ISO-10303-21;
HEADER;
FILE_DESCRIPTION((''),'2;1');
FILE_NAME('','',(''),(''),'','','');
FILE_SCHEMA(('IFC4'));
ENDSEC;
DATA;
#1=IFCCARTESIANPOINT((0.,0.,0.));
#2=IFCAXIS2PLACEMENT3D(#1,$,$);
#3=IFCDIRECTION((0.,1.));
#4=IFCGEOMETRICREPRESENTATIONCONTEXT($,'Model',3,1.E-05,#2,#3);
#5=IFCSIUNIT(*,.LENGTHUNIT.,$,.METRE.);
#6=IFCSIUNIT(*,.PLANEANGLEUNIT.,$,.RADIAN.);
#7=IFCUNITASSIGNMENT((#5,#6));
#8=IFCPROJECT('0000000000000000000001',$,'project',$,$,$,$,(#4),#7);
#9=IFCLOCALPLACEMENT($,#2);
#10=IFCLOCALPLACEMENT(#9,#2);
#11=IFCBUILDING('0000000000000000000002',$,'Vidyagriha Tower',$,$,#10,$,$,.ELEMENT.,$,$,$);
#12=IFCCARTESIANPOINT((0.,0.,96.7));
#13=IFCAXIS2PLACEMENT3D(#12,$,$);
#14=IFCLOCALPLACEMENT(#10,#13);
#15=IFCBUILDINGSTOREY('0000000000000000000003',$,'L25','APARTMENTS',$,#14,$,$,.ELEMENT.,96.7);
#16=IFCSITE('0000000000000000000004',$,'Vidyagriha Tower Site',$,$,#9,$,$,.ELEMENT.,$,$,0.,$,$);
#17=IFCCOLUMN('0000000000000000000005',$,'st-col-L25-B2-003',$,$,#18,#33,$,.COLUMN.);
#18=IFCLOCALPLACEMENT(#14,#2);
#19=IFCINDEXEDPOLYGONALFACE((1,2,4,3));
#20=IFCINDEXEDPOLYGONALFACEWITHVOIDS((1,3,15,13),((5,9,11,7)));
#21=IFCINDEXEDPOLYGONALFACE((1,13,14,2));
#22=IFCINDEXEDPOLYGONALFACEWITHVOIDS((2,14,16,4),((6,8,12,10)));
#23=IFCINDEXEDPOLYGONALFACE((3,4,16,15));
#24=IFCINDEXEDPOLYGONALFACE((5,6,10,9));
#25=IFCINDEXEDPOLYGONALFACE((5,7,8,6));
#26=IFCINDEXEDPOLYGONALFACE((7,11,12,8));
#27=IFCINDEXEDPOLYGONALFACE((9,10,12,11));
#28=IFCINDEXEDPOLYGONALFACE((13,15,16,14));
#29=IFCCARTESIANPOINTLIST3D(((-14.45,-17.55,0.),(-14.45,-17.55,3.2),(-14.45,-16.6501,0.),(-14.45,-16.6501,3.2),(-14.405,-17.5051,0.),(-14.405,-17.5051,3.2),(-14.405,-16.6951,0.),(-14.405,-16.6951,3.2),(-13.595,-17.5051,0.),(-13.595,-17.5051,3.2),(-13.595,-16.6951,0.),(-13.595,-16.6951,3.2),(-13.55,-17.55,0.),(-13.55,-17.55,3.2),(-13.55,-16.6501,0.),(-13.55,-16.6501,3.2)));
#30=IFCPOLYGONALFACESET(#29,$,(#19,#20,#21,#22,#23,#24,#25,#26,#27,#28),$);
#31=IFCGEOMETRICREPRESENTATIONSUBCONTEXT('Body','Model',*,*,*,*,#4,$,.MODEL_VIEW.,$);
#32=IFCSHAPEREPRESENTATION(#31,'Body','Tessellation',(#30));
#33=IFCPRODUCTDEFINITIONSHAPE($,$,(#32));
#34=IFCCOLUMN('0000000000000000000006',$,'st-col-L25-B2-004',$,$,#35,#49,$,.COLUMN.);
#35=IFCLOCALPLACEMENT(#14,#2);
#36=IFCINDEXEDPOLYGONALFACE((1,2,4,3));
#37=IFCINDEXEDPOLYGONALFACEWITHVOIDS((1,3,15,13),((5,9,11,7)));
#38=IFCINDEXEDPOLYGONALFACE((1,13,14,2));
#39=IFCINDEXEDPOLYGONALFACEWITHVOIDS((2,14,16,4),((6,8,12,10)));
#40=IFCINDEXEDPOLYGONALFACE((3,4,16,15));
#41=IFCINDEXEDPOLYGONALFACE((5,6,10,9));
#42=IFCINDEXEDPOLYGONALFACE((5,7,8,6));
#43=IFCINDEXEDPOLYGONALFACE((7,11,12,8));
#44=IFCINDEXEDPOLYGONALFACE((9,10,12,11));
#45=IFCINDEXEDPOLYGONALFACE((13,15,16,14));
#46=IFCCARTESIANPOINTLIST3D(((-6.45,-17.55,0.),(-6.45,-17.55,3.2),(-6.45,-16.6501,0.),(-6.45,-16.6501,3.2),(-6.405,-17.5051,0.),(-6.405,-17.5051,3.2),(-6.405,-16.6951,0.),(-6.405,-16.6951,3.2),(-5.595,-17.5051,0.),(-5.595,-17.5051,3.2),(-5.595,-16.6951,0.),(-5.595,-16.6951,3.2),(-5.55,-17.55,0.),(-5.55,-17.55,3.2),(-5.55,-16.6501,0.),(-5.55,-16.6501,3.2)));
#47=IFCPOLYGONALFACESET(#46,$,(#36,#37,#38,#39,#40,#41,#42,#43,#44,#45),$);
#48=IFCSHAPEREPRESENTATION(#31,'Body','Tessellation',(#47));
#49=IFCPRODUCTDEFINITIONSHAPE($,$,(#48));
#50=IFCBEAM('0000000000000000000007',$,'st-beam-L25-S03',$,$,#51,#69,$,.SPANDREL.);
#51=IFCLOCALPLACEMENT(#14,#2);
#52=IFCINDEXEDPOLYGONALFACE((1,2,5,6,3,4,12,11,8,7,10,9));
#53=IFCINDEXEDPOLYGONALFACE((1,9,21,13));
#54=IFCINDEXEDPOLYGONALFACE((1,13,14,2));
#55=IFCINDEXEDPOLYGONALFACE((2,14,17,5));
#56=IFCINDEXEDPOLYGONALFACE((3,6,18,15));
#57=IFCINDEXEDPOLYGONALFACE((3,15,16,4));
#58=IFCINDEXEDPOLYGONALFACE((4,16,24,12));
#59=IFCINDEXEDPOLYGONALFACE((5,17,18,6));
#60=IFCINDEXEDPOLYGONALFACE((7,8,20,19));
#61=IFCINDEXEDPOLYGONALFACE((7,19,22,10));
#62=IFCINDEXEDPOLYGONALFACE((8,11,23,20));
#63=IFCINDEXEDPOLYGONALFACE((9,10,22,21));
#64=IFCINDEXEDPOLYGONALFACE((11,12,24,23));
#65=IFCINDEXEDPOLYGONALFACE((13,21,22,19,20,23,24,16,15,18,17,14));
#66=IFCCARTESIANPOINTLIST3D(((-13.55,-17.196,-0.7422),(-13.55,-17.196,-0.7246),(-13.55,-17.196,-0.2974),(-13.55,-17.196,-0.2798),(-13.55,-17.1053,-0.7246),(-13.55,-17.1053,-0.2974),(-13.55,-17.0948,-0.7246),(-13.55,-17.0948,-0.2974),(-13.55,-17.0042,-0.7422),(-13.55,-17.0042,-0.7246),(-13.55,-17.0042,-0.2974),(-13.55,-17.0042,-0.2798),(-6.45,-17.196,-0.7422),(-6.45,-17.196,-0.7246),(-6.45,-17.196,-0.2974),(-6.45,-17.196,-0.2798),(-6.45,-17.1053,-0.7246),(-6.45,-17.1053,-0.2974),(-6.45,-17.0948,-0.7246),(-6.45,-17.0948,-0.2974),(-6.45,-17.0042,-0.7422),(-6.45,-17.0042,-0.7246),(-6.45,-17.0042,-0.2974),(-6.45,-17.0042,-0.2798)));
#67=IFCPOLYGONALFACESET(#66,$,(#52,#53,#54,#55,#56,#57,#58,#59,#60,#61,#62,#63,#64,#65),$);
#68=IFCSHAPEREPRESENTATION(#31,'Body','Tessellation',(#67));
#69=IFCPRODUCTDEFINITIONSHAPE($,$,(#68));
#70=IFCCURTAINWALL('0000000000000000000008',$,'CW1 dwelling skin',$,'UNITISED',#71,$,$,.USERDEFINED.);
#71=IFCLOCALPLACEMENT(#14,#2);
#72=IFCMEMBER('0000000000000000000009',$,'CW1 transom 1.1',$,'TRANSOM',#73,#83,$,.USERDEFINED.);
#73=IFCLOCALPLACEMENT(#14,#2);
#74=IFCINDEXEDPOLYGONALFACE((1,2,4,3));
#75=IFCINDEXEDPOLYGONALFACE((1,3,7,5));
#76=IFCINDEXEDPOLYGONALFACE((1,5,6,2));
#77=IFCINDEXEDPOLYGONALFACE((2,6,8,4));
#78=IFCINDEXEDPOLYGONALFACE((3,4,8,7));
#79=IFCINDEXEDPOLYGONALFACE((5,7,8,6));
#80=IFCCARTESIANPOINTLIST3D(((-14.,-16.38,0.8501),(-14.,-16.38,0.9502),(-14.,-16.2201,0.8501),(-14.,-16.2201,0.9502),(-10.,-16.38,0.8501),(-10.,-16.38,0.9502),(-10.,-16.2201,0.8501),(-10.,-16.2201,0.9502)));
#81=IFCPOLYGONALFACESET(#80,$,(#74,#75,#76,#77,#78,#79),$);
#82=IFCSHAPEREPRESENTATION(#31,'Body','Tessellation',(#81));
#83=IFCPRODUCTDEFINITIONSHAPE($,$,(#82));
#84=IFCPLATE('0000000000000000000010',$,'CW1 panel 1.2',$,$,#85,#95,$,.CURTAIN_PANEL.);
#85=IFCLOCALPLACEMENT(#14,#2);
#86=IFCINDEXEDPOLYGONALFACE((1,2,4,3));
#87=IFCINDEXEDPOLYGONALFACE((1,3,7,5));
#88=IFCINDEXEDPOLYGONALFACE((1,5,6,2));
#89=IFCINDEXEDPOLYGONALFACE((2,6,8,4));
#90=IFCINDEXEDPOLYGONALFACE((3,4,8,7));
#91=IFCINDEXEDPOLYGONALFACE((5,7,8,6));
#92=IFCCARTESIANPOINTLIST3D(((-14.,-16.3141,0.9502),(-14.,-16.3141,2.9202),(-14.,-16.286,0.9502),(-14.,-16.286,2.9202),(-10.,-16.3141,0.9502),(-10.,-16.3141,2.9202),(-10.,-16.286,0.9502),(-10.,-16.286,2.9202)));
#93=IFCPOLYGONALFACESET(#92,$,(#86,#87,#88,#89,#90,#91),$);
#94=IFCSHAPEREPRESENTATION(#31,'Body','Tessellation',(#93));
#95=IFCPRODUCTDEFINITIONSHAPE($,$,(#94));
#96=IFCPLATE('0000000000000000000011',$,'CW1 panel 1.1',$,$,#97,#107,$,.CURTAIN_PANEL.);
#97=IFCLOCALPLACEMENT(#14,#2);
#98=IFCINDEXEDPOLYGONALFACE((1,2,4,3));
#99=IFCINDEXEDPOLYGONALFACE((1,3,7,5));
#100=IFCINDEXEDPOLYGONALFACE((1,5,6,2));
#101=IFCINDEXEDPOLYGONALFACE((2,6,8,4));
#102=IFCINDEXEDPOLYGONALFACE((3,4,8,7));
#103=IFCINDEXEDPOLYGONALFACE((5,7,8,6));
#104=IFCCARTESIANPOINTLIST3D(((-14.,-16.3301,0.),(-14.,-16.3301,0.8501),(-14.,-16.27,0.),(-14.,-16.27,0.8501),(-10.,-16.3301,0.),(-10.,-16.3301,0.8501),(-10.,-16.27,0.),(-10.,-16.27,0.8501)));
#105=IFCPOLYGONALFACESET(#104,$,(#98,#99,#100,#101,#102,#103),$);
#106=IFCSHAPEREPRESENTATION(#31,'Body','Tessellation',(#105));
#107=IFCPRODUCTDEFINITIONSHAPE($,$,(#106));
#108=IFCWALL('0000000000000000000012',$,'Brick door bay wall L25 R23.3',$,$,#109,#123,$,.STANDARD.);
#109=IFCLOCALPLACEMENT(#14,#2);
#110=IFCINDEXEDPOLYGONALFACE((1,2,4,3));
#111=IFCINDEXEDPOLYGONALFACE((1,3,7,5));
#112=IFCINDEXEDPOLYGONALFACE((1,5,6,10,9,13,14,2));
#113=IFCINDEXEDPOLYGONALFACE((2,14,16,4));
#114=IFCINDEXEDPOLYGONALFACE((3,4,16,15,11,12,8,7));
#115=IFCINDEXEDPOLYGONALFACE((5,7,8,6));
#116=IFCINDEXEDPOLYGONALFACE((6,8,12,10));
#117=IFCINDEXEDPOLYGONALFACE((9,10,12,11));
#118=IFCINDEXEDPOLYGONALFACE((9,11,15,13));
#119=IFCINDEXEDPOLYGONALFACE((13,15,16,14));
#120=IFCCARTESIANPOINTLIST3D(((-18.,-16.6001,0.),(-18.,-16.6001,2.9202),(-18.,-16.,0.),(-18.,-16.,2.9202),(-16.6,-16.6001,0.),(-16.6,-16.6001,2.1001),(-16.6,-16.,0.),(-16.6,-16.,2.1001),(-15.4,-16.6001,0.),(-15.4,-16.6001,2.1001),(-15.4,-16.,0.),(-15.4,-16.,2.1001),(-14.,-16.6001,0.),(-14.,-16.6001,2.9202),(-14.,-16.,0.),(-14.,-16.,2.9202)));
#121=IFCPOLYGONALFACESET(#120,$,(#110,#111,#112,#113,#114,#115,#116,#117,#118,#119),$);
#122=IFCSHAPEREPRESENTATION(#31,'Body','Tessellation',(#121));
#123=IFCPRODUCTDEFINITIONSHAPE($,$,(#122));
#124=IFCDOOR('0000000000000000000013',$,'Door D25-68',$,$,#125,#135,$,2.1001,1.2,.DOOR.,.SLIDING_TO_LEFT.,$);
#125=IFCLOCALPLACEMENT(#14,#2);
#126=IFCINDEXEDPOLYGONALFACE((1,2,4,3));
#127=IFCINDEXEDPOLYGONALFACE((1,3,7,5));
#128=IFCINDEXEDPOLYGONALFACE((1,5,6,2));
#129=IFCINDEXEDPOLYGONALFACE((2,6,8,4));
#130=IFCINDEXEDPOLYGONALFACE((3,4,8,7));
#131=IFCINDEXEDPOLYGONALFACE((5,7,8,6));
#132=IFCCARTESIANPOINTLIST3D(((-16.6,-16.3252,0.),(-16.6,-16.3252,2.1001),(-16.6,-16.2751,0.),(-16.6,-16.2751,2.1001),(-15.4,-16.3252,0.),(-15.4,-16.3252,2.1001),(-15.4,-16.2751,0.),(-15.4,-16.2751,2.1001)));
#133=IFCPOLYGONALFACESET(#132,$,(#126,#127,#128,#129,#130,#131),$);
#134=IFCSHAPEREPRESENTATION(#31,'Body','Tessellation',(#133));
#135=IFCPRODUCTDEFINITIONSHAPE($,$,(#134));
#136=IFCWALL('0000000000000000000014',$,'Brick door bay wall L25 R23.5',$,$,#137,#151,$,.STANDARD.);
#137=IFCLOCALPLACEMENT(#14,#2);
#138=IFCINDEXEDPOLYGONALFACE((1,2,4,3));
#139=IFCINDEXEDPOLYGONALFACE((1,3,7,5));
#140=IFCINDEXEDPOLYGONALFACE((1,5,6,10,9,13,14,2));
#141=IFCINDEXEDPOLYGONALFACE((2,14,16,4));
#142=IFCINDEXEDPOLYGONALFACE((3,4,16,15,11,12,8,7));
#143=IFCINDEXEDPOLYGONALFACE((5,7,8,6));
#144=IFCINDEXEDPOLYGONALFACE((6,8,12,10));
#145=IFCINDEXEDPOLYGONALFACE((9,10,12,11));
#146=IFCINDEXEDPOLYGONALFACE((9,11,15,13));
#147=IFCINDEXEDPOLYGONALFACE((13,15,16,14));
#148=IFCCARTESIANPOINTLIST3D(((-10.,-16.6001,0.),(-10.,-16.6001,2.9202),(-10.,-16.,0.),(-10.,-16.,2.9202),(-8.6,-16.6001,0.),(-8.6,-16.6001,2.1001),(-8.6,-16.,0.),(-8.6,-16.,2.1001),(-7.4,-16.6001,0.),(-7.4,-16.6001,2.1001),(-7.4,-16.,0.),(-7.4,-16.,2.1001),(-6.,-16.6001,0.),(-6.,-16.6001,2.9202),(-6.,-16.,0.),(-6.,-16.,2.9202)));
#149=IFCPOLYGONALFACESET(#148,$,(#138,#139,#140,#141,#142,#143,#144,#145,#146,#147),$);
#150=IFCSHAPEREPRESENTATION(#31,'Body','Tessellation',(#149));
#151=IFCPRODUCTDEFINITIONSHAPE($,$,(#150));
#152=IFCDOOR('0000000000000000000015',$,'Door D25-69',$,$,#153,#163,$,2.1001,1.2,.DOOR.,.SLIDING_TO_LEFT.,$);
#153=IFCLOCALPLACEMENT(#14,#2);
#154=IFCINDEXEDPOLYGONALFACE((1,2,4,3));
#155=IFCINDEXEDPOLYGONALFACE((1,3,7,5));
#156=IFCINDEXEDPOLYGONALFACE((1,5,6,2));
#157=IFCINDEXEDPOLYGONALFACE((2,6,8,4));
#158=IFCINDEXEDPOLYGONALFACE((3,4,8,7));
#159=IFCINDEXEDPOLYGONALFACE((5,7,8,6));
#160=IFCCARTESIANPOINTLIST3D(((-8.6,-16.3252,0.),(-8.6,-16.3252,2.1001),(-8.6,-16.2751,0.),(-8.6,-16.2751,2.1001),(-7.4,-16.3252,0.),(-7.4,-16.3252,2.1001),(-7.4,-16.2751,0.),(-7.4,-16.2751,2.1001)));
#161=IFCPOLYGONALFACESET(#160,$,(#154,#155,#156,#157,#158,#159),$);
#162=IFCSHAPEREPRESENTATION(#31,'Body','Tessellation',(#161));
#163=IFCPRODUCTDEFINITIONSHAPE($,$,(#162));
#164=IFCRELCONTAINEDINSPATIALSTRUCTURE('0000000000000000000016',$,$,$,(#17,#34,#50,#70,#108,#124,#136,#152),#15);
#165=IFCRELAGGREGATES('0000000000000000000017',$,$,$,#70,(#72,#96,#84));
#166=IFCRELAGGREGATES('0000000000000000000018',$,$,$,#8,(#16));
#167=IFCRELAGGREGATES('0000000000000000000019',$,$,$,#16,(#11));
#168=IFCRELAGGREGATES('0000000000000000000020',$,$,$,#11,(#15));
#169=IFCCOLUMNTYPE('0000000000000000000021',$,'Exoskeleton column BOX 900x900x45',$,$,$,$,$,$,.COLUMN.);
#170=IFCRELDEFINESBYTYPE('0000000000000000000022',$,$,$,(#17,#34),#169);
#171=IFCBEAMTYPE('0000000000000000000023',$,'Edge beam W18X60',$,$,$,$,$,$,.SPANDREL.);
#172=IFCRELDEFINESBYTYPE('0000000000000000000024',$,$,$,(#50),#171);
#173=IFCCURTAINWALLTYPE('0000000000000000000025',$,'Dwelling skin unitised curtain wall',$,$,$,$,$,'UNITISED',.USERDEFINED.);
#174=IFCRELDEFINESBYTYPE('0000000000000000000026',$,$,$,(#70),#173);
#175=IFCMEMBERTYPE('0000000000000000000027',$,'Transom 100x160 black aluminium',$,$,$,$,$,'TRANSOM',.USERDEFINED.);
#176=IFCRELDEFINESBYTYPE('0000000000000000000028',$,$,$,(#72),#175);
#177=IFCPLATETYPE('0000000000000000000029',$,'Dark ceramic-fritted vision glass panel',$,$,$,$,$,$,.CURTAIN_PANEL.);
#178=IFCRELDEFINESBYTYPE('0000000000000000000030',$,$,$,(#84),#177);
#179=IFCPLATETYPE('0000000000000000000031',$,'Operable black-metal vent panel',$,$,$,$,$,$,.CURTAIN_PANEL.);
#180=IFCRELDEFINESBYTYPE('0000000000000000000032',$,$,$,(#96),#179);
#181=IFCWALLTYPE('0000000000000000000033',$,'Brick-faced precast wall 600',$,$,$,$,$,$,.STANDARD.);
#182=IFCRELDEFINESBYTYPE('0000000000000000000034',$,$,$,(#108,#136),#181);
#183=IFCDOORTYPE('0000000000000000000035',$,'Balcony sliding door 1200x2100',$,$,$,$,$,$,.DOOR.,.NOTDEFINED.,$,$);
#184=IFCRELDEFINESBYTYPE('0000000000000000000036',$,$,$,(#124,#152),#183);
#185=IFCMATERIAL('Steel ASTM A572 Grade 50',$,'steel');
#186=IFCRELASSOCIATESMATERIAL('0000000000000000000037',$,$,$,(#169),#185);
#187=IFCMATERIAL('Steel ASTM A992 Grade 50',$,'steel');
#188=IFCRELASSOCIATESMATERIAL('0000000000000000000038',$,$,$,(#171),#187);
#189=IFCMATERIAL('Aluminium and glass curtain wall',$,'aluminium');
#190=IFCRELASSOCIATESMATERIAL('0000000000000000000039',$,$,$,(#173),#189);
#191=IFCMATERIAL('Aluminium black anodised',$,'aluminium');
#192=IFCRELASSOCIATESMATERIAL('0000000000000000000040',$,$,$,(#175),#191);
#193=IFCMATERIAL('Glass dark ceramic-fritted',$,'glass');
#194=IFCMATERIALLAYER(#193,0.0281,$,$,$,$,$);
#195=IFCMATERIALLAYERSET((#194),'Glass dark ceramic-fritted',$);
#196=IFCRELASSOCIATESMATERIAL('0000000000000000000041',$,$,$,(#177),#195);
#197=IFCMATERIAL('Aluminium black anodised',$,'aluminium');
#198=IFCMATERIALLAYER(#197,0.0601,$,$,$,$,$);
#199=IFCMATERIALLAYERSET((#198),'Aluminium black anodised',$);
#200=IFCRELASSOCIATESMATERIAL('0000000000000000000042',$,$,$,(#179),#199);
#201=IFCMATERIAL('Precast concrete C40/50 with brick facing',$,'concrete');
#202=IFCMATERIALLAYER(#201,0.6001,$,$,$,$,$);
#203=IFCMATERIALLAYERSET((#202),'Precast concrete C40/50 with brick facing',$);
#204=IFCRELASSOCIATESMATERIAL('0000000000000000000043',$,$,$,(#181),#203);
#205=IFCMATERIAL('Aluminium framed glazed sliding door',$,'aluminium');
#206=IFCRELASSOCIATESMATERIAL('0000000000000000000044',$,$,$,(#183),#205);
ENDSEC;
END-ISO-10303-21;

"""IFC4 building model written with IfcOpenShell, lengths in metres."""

from ifc_helpers import new_model, si_unit, direction, frame, frame_2d, origin, origin_2d, place, context, subcontext, project, spatial, rectangle, hollow_rectangle, i_section, extrude, material, layer, layer_set, material_profile, profile_set, type_object, element, fill, aggregate, save


model = new_model("IFC4")

# Units and contexts
model_context = context("Model", 3, precision=1e-05, world=origin(), true_north=direction((0.0, 1.0)))
body_context = subcontext(model_context, "Body", "Model", "MODEL_VIEW")
ifc_project = project(units=[si_unit("LENGTHUNIT", "METRE"), si_unit("PLANEANGLEUNIT", "RADIAN")], contexts=[model_context])

# Site, building, storey
site_placement = place(None, origin())
site = spatial("IfcSite", under=ifc_project, at=site_placement, Name="Vidyagriha Tower Site", CompositionType="ELEMENT", RefElevation=0.0)
building_placement = place(site_placement, origin())
building = spatial("IfcBuilding", under=site, at=building_placement, Name="Vidyagriha Tower", CompositionType="ELEMENT")
storey_placement = place(building_placement, frame((0.0, 0.0, 96.7)))
storey = spatial("IfcBuildingStorey", under=building, at=storey_placement, Name="L25", Description="APARTMENTS", CompositionType="ELEMENT", Elevation=96.7)

# Columns
ifc_material_1 = material(Name="Steel ASTM A572 Grade 50", Category="steel")
ifc_material_profile_1 = material_profile(ifc_material_1, hollow_rectangle(XDim=0.8999, YDim=0.8999, WallThickness=0.0449, at=origin_2d()), Name="BOX 900x900x45")
ifc_profile_set_1 = profile_set([ifc_material_profile_1], Name="Steel ASTM A572 Grade 50")
column_type = type_object("IfcColumnType", Name="Exoskeleton column BOX 900x900x45", PredefinedType="COLUMN", material=ifc_profile_set_1)
for number, where, name in (
    (1, (-14.0, -17.1001, 0.0), "st-col-L25-B2-003"),
    (2, (-6.0, -17.1001, 0.0), "st-col-L25-B2-004"),
):
    element("IfcColumn", number, at=place(storey_placement, frame(where)), inside=storey, type_object=column_type, Name=name, PredefinedType="COLUMN", context=body_context, shape_type="SweptSolid", body=[
        extrude(hollow_rectangle(XDim=0.8999, YDim=0.8999, WallThickness=0.0449, at=origin_2d()), origin(), (0.0, 0.0, 1.0), 3.2),
    ])

# Beam
ifc_material_2 = material(Name="Steel ASTM A992 Grade 50", Category="steel")
ifc_material_profile_2 = material_profile(ifc_material_2, i_section(OverallWidth=0.1919, OverallDepth=0.4624, WebThickness=0.0105, FlangeThickness=0.0176, at=origin_2d()), Name="W18X60")
ifc_profile_set_2 = profile_set([ifc_material_profile_2], Name="Steel ASTM A992 Grade 50")
beam_type = type_object("IfcBeamType", Name="Edge beam W18X60", PredefinedType="SPANDREL", material=ifc_profile_set_2)
beam_placement = place(storey_placement, frame((-13.55, -17.1001, -0.511), z_axis=(1.0, 0.0, 0.0), x_axis=(0.0, 1.0, 0.0)))
element("IfcBeam", 3, at=beam_placement, inside=storey, type_object=beam_type, Name="st-beam-L25-S03", PredefinedType="SPANDREL", context=body_context, shape_type="SweptSolid", body=[
    extrude(i_section(OverallWidth=0.1919, OverallDepth=0.4624, WebThickness=0.0105, FlangeThickness=0.0176, at=origin_2d()), origin(), (0.0, 0.0, 1.0), 7.1001),
])

# Curtain wall, member, plates
ifc_material_3 = material(Name="Aluminium and glass curtain wall", Category="aluminium")
curtain_wall_type = type_object("IfcCurtainWallType", Name="Dwelling skin unitised curtain wall", ElementType="UNITISED", PredefinedType="USERDEFINED", material=ifc_material_3)
curtain_wall_placement = place(storey_placement, origin())
curtain_wall = element("IfcCurtainWall", 4, at=curtain_wall_placement, inside=storey, type_object=curtain_wall_type, Name="CW1 dwelling skin", ObjectType="UNITISED", PredefinedType="USERDEFINED")
ifc_material_4 = material(Name="Aluminium black anodised", Category="aluminium")
ifc_material_profile_3 = material_profile(ifc_material_4, rectangle(XDim=0.1599, YDim=0.1001, at=origin_2d()), Name="Transom 100x160 black aluminium")
ifc_profile_set_3 = profile_set([ifc_material_profile_3], Name="Aluminium black anodised")
member_type = type_object("IfcMemberType", Name="Transom 100x160 black aluminium", ElementType="TRANSOM", PredefinedType="USERDEFINED", material=ifc_profile_set_3)
member_placement = place(storey_placement, frame((-14.0, -16.3, 0.9001), z_axis=(1.0, 0.0, 0.0), x_axis=(0.0, 1.0, 0.0)))
member = element("IfcMember", 5, at=member_placement, type_object=member_type, Name="CW1 transom 1.1", ObjectType="TRANSOM", PredefinedType="USERDEFINED", context=body_context, shape_type="SweptSolid", body=[
    extrude(rectangle(XDim=0.1599, YDim=0.1001, at=origin_2d()), origin(), (0.0, 0.0, 1.0), 4.0),
])
ifc_material_5 = material(Name="Glass dark ceramic-fritted", Category="glass")
ifc_layer_1 = layer(ifc_material_5, 0.0281)
ifc_layer_set_1 = layer_set([ifc_layer_1], Name="Glass dark ceramic-fritted")
plate_type_1 = type_object("IfcPlateType", Name="Dark ceramic-fritted vision glass panel", PredefinedType="CURTAIN_PANEL", material=ifc_layer_set_1)
plate_1_placement = place(storey_placement, frame((-12.0, -16.3, 0.9502)))
plate_1 = element("IfcPlate", 6, at=plate_1_placement, type_object=plate_type_1, Name="CW1 panel 1.2", PredefinedType="CURTAIN_PANEL", context=body_context, shape_type="SweptSolid", body=[
    extrude(rectangle(XDim=4.0, YDim=0.0281, at=origin_2d()), origin(), (0.0, 0.0, 1.0), 1.97),
])
ifc_material_6 = material(Name="Aluminium black anodised", Category="aluminium")
ifc_layer_2 = layer(ifc_material_6, 0.0601)
ifc_layer_set_2 = layer_set([ifc_layer_2], Name="Aluminium black anodised")
plate_type_2 = type_object("IfcPlateType", Name="Operable black-metal vent panel", PredefinedType="CURTAIN_PANEL", material=ifc_layer_set_2)
plate_2_placement = place(storey_placement, frame((-12.0, -16.3, 0.0)))
plate_2 = element("IfcPlate", 7, at=plate_2_placement, type_object=plate_type_2, Name="CW1 panel 1.1", PredefinedType="CURTAIN_PANEL", context=body_context, shape_type="SweptSolid", body=[
    extrude(rectangle(XDim=4.0, YDim=0.0601, at=origin_2d()), origin(), (0.0, 0.0, 1.0), 0.8501),
])
aggregate(curtain_wall, [member, plate_2, plate_1])

# Walls, openings, doors
ifc_material_7 = material(Name="Precast concrete C40/50 with brick facing", Category="concrete")
ifc_layer_3 = layer(ifc_material_7, 0.6001)
ifc_layer_set_3 = layer_set([ifc_layer_3], Name="Precast concrete C40/50 with brick facing")
wall_type = type_object("IfcWallType", Name="Brick-faced precast wall 600", PredefinedType="STANDARD", material=ifc_layer_set_3)
wall_1_placement = place(storey_placement, frame((-18.0, -16.3, 0.0)))
wall_1 = element("IfcWall", 8, at=wall_1_placement, inside=storey, type_object=wall_type, Name="Brick door bay wall L25 R23.3", PredefinedType="STANDARD", context=body_context, shape_type="SweptSolid", body=[
    extrude(rectangle(XDim=4.0, YDim=0.6001, at=frame_2d((2.0, 0.0))), origin(), (0.0, 0.0, 1.0), 2.9202),
])
opening_1_placement = place(wall_1_placement, frame((1.3999, 0.0, 0.0)))
opening_1 = element("IfcOpeningElement", 9, at=opening_1_placement, cuts=wall_1, PredefinedType="OPENING", context=body_context, shape_type="SweptSolid", body=[
    extrude(rectangle(XDim=1.2, YDim=2.1001, at=frame_2d((0.6001, 1.05))), frame((0.0, 0.3101, 0.0), z_axis=(0.0, -1.0, 0.0), x_axis=(1.0, 0.0, 0.0)), (0.0, 0.0, 1.0), 0.6201),
])
ifc_material_8 = material(Name="Aluminium framed glazed sliding door", Category="aluminium")
door_type = type_object("IfcDoorType", Name="Balcony sliding door 1200x2100", OperationType="NOTDEFINED", PredefinedType="DOOR", material=ifc_material_8)
door_1_placement = place(opening_1_placement, origin())
door_1 = element("IfcDoor", 10, at=door_1_placement, inside=storey, type_object=door_type, Name="Door D25-68", OperationType="SLIDING_TO_LEFT", OverallHeight=2.1001, OverallWidth=1.2, PredefinedType="DOOR", context=body_context, shape_type="SweptSolid", body=[
    extrude(rectangle(XDim=1.2, YDim=2.1001, at=frame_2d((0.6001, 1.05))), frame((0.0, 0.0249, 0.0), z_axis=(0.0, -1.0, 0.0), x_axis=(1.0, 0.0, 0.0)), (0.0, 0.0, 1.0), 0.05),
])
fill(opening_1, door_1)
wall_2_placement = place(storey_placement, frame((-10.0, -16.3, 0.0)))
wall_2 = element("IfcWall", 11, at=wall_2_placement, inside=storey, type_object=wall_type, Name="Brick door bay wall L25 R23.5", PredefinedType="STANDARD", context=body_context, shape_type="SweptSolid", body=[
    extrude(rectangle(XDim=4.0, YDim=0.6001, at=frame_2d((2.0, 0.0))), origin(), (0.0, 0.0, 1.0), 2.9202),
])
opening_2_placement = place(wall_2_placement, frame((1.3999, 0.0, 0.0)))
opening_2 = element("IfcOpeningElement", 12, at=opening_2_placement, cuts=wall_2, PredefinedType="OPENING", context=body_context, shape_type="SweptSolid", body=[
    extrude(rectangle(XDim=1.2, YDim=2.1001, at=frame_2d((0.6001, 1.05))), frame((0.0, 0.3101, 0.0), z_axis=(0.0, -1.0, 0.0), x_axis=(1.0, 0.0, 0.0)), (0.0, 0.0, 1.0), 0.6201),
])
door_2_placement = place(opening_2_placement, origin())
door_2 = element("IfcDoor", 13, at=door_2_placement, inside=storey, type_object=door_type, Name="Door D25-69", OperationType="SLIDING_TO_LEFT", OverallHeight=2.1001, OverallWidth=1.2, PredefinedType="DOOR", context=body_context, shape_type="SweptSolid", body=[
    extrude(rectangle(XDim=1.2, YDim=2.1001, at=frame_2d((0.6001, 1.05))), frame((0.0, 0.0249, 0.0), z_axis=(0.0, -1.0, 0.0), x_axis=(1.0, 0.0, 0.0)), (0.0, 0.0, 1.0), 0.05),
])
fill(opening_2, door_2)

save(model, "model.ifc")
